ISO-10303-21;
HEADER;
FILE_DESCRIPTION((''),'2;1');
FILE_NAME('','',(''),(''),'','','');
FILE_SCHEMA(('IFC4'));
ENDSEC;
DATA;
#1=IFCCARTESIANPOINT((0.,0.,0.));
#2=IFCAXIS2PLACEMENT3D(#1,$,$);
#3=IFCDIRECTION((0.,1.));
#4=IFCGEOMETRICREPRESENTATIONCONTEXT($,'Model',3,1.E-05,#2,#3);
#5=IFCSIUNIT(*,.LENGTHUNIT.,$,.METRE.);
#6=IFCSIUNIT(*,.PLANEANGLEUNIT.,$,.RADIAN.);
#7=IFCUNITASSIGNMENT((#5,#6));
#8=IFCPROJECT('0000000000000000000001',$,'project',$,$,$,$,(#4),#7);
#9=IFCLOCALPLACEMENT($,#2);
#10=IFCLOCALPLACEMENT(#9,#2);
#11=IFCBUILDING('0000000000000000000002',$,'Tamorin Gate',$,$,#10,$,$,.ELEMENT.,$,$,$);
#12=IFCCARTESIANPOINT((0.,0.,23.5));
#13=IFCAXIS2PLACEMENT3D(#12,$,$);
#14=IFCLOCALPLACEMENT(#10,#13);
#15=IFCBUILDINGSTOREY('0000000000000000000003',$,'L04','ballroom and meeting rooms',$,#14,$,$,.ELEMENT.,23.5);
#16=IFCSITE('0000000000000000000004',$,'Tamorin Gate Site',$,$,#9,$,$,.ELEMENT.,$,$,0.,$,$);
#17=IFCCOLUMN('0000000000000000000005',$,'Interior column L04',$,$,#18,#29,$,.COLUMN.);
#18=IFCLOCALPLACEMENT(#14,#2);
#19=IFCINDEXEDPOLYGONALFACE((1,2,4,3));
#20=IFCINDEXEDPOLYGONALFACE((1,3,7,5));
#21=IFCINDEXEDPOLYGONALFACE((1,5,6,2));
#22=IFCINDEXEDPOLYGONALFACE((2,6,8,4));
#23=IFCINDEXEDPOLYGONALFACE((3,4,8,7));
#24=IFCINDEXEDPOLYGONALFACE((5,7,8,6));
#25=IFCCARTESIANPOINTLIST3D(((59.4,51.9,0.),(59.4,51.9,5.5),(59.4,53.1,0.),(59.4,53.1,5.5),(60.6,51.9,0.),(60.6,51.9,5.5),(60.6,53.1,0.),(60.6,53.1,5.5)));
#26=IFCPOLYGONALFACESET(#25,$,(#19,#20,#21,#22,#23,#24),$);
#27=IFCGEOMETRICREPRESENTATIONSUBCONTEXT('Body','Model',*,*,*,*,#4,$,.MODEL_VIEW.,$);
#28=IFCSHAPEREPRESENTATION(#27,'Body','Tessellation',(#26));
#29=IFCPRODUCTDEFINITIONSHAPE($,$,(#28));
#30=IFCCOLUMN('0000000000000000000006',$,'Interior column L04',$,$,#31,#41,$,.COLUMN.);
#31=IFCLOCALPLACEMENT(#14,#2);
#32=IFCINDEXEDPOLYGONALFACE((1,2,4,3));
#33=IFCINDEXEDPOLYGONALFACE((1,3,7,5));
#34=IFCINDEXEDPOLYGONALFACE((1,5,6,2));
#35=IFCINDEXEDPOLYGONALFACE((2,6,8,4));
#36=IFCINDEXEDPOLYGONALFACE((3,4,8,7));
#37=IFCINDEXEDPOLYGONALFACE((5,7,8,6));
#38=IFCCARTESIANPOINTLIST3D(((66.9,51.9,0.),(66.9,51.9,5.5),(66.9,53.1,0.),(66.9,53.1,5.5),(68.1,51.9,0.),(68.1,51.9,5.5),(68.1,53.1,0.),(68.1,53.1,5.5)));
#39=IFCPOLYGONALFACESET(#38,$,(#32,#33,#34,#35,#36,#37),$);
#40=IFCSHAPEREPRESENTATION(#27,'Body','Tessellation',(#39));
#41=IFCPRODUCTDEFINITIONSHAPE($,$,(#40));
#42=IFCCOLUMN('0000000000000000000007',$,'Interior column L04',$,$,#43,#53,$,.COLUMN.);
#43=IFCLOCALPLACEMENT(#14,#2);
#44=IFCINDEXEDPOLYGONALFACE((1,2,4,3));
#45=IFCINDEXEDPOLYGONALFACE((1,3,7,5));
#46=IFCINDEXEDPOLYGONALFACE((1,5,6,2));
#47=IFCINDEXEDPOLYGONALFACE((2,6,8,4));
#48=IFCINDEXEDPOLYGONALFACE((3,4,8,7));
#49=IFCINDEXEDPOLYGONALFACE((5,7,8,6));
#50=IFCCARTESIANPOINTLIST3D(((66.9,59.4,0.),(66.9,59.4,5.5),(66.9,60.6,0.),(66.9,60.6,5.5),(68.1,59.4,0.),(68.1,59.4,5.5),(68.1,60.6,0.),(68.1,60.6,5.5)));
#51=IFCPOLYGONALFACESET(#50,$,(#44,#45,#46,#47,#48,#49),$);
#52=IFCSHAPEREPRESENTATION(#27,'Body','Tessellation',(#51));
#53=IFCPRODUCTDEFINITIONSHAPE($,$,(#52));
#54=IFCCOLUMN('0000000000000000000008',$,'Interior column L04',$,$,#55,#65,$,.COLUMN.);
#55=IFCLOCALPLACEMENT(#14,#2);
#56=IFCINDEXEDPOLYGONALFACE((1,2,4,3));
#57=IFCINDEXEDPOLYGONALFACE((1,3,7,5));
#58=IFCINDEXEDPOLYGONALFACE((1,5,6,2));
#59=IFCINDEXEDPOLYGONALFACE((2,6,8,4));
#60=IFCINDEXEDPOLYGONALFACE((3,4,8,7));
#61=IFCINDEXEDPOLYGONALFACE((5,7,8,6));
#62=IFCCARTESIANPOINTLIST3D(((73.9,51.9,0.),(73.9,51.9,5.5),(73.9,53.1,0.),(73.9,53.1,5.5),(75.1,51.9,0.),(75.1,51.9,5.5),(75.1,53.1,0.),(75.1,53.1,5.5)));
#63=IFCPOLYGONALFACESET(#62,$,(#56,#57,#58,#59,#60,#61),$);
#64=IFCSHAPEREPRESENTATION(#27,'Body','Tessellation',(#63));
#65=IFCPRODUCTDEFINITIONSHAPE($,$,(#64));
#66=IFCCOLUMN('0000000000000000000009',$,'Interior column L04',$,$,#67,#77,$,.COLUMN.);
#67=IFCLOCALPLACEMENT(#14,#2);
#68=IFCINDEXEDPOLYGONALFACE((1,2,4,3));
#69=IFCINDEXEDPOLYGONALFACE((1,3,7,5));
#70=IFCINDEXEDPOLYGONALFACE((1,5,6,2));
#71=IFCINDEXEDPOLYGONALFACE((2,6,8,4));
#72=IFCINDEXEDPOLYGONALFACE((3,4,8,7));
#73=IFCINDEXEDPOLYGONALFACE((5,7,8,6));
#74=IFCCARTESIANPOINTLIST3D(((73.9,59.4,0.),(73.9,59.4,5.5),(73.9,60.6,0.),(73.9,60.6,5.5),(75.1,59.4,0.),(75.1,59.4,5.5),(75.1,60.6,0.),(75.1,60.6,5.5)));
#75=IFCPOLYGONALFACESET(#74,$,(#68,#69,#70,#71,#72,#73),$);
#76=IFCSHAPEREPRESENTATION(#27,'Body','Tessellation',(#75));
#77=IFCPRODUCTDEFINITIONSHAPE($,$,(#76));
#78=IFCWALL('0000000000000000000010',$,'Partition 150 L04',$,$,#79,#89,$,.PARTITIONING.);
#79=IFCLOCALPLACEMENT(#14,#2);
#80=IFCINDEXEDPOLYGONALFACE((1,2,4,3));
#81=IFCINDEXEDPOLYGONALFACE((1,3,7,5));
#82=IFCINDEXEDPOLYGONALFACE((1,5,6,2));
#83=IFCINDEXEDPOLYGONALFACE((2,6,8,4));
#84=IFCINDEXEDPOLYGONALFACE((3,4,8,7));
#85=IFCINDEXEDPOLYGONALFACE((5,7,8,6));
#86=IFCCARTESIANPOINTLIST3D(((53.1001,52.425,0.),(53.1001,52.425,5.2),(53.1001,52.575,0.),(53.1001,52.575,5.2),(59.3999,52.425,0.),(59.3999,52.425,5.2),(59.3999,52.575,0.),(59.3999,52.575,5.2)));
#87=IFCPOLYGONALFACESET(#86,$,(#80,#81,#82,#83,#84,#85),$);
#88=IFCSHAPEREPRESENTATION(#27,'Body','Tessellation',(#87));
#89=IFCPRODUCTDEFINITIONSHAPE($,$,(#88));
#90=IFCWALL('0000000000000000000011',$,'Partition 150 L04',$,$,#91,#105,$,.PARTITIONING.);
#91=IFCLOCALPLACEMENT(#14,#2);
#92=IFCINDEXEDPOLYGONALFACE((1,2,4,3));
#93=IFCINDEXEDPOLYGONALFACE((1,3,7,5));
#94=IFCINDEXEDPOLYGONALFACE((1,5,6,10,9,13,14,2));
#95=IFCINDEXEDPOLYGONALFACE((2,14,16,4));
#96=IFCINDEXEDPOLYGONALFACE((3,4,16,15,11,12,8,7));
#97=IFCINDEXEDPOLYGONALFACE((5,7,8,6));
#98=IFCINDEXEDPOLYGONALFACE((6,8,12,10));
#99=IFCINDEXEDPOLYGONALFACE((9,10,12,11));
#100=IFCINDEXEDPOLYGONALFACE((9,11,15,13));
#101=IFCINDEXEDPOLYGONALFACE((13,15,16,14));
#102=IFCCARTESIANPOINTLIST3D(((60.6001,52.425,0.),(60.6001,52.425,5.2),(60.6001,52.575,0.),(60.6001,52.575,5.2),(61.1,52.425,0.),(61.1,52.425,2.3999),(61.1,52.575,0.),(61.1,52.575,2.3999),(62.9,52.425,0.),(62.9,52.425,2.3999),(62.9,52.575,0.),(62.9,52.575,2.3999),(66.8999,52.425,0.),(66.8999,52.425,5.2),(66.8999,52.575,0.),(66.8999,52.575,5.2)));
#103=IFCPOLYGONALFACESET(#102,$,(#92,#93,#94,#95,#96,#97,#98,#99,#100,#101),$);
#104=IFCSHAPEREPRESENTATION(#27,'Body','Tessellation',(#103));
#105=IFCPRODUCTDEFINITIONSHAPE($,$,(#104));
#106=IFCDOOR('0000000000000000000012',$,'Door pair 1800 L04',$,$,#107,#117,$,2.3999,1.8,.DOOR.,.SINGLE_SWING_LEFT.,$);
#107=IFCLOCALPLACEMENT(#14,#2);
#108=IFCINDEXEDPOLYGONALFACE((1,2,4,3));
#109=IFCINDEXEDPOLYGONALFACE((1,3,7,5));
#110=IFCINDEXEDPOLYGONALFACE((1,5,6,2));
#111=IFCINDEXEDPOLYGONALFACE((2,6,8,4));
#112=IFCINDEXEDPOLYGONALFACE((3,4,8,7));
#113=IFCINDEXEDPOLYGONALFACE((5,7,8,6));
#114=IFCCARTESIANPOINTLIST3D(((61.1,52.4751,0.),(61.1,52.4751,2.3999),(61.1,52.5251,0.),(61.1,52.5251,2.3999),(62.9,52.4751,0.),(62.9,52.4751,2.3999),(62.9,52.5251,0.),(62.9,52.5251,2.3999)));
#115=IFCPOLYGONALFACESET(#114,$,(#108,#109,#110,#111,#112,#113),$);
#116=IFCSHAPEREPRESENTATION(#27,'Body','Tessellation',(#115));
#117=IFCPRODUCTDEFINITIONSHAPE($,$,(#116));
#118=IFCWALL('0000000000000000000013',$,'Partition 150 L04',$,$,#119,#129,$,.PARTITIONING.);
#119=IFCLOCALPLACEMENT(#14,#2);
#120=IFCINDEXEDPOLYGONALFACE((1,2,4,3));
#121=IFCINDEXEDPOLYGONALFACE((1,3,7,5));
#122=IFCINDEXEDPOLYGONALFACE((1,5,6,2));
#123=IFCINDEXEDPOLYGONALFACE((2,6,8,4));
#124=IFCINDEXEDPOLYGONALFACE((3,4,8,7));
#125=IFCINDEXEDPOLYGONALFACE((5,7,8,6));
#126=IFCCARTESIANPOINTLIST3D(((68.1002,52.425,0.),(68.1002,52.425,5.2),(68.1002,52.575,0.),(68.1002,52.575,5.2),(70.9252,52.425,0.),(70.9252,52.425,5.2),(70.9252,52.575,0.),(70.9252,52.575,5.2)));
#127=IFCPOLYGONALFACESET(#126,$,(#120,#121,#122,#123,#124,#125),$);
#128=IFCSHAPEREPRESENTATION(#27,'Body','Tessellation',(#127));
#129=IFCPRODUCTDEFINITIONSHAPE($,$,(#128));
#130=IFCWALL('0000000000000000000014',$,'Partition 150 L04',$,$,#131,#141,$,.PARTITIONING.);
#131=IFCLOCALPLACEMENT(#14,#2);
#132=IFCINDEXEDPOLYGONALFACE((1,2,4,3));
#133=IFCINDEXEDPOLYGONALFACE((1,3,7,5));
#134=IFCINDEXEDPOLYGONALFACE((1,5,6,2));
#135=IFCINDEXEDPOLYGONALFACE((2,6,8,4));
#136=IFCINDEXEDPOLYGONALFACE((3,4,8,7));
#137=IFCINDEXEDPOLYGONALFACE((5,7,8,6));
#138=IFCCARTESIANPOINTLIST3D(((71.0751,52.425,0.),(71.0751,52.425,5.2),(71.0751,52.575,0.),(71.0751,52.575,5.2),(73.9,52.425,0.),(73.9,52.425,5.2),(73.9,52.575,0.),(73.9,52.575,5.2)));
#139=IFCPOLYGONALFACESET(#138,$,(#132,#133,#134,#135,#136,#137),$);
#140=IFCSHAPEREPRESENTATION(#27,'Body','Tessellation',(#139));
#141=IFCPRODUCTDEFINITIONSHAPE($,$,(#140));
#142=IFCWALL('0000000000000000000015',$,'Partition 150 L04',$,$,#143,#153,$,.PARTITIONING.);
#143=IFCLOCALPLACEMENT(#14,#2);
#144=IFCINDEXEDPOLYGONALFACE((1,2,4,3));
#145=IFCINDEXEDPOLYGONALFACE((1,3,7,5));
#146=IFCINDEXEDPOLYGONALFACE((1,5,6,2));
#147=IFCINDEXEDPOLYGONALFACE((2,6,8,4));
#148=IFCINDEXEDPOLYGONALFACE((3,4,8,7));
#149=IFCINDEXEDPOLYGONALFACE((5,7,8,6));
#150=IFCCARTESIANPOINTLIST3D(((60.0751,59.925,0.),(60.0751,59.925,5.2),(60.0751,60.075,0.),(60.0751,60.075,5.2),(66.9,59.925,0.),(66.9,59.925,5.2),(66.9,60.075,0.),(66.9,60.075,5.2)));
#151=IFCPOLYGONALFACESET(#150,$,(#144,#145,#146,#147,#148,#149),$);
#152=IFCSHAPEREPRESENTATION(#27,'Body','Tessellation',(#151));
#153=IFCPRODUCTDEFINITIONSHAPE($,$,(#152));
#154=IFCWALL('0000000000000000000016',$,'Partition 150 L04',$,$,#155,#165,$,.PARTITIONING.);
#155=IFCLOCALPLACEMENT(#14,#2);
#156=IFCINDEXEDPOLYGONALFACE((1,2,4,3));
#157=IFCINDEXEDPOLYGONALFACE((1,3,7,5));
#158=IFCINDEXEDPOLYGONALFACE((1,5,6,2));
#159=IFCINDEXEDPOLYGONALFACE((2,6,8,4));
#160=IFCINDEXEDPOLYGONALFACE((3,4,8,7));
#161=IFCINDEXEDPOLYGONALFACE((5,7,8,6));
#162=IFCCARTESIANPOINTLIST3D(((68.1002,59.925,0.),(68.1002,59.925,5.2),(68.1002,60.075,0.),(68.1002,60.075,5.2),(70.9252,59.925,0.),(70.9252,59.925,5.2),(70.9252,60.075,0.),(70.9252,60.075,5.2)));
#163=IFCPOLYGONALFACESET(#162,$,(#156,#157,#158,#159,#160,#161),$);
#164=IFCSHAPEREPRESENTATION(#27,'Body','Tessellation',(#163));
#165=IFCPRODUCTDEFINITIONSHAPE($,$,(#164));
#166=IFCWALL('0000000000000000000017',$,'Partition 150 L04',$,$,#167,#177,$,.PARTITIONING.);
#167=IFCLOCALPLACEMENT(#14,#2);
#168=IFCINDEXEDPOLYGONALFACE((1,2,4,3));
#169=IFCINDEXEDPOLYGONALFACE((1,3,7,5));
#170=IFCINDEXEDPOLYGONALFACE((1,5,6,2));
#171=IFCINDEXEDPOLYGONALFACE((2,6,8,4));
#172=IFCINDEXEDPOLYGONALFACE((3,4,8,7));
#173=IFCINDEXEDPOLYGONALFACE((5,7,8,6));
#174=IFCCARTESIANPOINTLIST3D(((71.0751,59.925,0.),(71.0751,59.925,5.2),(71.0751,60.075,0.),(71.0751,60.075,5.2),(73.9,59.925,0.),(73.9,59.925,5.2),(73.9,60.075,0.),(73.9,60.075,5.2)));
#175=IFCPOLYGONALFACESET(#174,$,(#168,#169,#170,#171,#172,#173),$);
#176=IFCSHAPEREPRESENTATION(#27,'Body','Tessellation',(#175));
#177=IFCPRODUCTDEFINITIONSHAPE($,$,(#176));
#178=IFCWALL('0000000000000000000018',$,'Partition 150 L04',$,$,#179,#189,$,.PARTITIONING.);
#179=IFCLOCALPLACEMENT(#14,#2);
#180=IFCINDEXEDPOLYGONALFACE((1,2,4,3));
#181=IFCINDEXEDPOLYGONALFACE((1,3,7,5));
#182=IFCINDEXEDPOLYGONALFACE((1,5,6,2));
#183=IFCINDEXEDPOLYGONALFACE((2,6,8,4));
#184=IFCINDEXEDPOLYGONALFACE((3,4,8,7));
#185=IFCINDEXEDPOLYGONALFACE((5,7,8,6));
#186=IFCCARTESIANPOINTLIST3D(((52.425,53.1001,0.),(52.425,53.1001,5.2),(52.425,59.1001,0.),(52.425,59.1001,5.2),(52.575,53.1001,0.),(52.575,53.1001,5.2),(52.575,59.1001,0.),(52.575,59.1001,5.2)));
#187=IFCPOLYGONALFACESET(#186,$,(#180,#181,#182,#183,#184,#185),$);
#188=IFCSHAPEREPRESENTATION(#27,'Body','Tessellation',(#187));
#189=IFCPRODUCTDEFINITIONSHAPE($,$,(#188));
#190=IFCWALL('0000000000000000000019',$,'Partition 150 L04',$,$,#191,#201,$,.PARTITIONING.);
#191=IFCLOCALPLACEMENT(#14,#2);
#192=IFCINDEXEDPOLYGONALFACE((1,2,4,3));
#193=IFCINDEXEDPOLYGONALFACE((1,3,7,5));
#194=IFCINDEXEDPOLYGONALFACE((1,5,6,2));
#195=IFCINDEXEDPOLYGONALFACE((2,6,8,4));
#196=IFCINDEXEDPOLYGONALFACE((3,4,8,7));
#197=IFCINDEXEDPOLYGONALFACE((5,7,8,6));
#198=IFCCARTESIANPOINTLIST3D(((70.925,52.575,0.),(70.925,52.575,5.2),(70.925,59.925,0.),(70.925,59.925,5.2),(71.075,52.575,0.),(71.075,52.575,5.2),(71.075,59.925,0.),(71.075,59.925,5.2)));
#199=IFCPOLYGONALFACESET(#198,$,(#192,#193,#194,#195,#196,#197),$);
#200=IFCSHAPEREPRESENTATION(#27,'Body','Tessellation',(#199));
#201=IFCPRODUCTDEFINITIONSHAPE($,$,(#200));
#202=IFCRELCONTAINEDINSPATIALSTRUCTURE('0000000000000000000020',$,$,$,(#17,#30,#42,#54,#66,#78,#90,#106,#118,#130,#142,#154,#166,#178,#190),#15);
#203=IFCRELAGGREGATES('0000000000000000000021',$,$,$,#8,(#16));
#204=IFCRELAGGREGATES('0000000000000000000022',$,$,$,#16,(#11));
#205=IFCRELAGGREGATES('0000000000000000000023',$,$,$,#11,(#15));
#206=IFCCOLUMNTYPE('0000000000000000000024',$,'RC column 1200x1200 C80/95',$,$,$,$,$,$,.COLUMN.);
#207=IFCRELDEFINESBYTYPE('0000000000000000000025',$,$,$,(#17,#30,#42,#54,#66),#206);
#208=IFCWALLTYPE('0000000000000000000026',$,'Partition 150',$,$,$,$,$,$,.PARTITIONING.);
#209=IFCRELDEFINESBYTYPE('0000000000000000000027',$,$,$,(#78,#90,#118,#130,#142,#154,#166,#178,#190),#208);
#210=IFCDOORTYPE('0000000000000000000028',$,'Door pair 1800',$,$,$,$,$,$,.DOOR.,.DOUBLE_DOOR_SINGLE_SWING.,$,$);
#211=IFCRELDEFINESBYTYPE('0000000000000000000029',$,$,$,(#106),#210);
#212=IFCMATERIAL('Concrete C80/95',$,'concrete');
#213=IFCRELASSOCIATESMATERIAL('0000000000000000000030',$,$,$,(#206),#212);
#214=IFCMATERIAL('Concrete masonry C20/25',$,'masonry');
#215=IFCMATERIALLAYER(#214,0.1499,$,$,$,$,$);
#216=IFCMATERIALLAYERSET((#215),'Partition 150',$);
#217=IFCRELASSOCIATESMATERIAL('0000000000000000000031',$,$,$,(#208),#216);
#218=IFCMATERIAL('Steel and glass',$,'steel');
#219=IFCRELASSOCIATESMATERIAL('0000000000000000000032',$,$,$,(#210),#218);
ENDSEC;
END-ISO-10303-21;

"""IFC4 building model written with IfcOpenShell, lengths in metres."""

from ifc_helpers import new_model, si_unit, direction, frame, frame_2d, origin, origin_2d, place, context, subcontext, project, spatial, rectangle, extrude, material, layer, layer_set, material_profile, profile_set, type_object, element, fill, save


model = new_model("IFC4")

# Units and contexts
model_context = context("Model", 3, precision=1e-05, world=origin(), true_north=direction((0.0, 1.0)))
body_context = subcontext(model_context, "Body", "Model", "MODEL_VIEW")
ifc_project = project(units=[si_unit("LENGTHUNIT", "METRE"), si_unit("PLANEANGLEUNIT", "RADIAN")], contexts=[model_context])

# Site, building, storey
site_placement = place(None, origin())
site = spatial("IfcSite", under=ifc_project, at=site_placement, Name="Tamorin Gate Site", CompositionType="ELEMENT", RefElevation=0.0)
building_placement = place(site_placement, origin())
building = spatial("IfcBuilding", under=site, at=building_placement, Name="Tamorin Gate", CompositionType="ELEMENT")
storey_placement = place(building_placement, frame((0.0, 0.0, 23.5)))
storey = spatial("IfcBuildingStorey", under=building, at=storey_placement, Name="L04", Description="ballroom and meeting rooms", CompositionType="ELEMENT", Elevation=23.5)

# Columns
ifc_material_1 = material(Name="Concrete C80/95", Category="concrete")
ifc_material_profile = material_profile(ifc_material_1, rectangle(XDim=1.2, YDim=1.2, at=origin_2d()), Name="RC 1200x1200")
ifc_profile_set = profile_set([ifc_material_profile], Name="Concrete C80/95")
column_type = type_object("IfcColumnType", Name="RC column 1200x1200 C80/95", PredefinedType="COLUMN", material=ifc_profile_set)
for number, where, z_axis, x_axis, name in (
    (1, (60.0, 52.5, 0.0), (0.0, 0.0, 1.0), (1.0, 0.0, 0.0), "Interior column L04"),
    (2, (67.5, 52.5, 0.0), (0.0, 0.0, 1.0), (1.0, 0.0, 0.0), "Interior column L04"),
    (3, (67.5, 60.0, 0.0), (0.0, 0.0, 1.0), (1.0, 0.0, 0.0), "Interior column L04"),
    (4, (74.5, 52.5, 0.0), (0.0, 0.0, 1.0), (1.0, 0.0, 0.0), "Interior column L04"),
    (5, (74.5, 60.0, 0.0), (0.0, 0.0, 1.0), (1.0, 0.0, 0.0), "Interior column L04"),
):
    element("IfcColumn", number, at=place(storey_placement, frame(where, z_axis=z_axis, x_axis=x_axis)), inside=storey, type_object=column_type, Name=name, PredefinedType="COLUMN", context=body_context, shape_type="SweptSolid", body=[
        extrude(rectangle(XDim=1.2, YDim=1.2, at=origin_2d()), origin(), (0.0, 0.0, 1.0), 5.5),
    ])

# Wall
ifc_material_2 = material(Name="Concrete masonry C20/25", Category="masonry")
ifc_layer_1 = layer(ifc_material_2, 0.1499)
ifc_layer_set_1 = layer_set([ifc_layer_1], Name="Partition 150")
wall_type_1 = type_object("IfcWallType", Name="Partition 150", PredefinedType="PARTITIONING", material=ifc_layer_set_1)
wall_1_placement = place(storey_placement, frame((53.1001, 52.5, 0.0), z_axis=(0.0, 0.0, 1.0), x_axis=(1.0, 0.0, 0.0)))
element("IfcWall", 6, at=wall_1_placement, inside=storey, type_object=wall_type_1, Name="Partition 150 L04", PredefinedType="PARTITIONING", context=body_context, shape_type="SweptSolid", body=[
    extrude(rectangle(XDim=6.2998, YDim=0.1499, at=frame_2d((3.1499, 0.0))), origin(), (0.0, 0.0, 1.0), 5.2),
])

# Wall, opening, door
wall_2_placement = place(storey_placement, frame((66.8999, 52.5, 0.0), z_axis=(0.0, 0.0, 1.0), x_axis=(-1.0, 0.0, 0.0)))
wall_2 = element("IfcWall", 7, at=wall_2_placement, inside=storey, type_object=wall_type_1, Name="Partition 150 L04", PredefinedType="PARTITIONING", context=body_context, shape_type="SweptSolid", body=[
    extrude(rectangle(XDim=6.2998, YDim=0.1499, at=frame_2d((3.1499, 0.0))), origin(), (0.0, 0.0, 1.0), 5.2),
])
opening_1_placement = place(wall_2_placement, frame((4.0, 0.0, 0.0)))
opening_1 = element("IfcOpeningElement", 8, at=opening_1_placement, cuts=wall_2, PredefinedType="OPENING", context=body_context, shape_type="SweptSolid", body=[
    extrude(rectangle(XDim=1.8, YDim=2.3999, at=frame_2d((0.8999, 1.2))), frame((0.0, 0.085, 0.0), z_axis=(0.0, -1.0, 0.0), x_axis=(1.0, 0.0, 0.0)), (0.0, 0.0, 1.0), 0.1699),
])
ifc_material_3 = material(Name="Steel and glass", Category="steel")
door_type_1 = type_object("IfcDoorType", Name="Door pair 1800", OperationType="DOUBLE_DOOR_SINGLE_SWING", PredefinedType="DOOR", material=ifc_material_3)
door_1_placement = place(opening_1_placement, origin())
door_1 = element("IfcDoor", 9, at=door_1_placement, inside=storey, type_object=door_type_1, Name="Door pair 1800 L04", OperationType="SINGLE_SWING_LEFT", OverallHeight=2.3999, OverallWidth=1.8, PredefinedType="DOOR", context=body_context, shape_type="SweptSolid", body=[
    extrude(rectangle(XDim=1.8, YDim=2.3999, at=frame_2d((0.8999, 1.2))), frame((0.0, 0.0249, 0.0), z_axis=(0.0, -1.0, 0.0), x_axis=(1.0, 0.0, 0.0)), (0.0, 0.0, 1.0), 0.05),
])
fill(opening_1, door_1)

# Walls
for number, where, z_axis, x_axis, name in (
    (10, (68.1001, 52.5, 0.0), (0.0, 0.0, 1.0), (1.0, 0.0, 0.0), "Partition 150 L04"),
    (11, (71.075, 52.5, 0.0), (0.0, 0.0, 1.0), (1.0, 0.0, 0.0), "Partition 150 L04"),
):
    element("IfcWall", number, at=place(storey_placement, frame(where, z_axis=z_axis, x_axis=x_axis)), inside=storey, type_object=wall_type_1, Name=name, PredefinedType="PARTITIONING", context=body_context, shape_type="SweptSolid", body=[
        extrude(rectangle(XDim=2.825, YDim=0.1499, at=frame_2d((1.4126, 0.0))), origin(), (0.0, 0.0, 1.0), 5.2),
    ])
wall_3_placement = place(storey_placement, frame((60.075, 60.0, 0.0), z_axis=(0.0, 0.0, 1.0), x_axis=(1.0, 0.0, 0.0)))
element("IfcWall", 12, at=wall_3_placement, inside=storey, type_object=wall_type_1, Name="Partition 150 L04", PredefinedType="PARTITIONING", context=body_context, shape_type="SweptSolid", body=[
    extrude(rectangle(XDim=6.825, YDim=0.1499, at=frame_2d((3.4126, 0.0))), origin(), (0.0, 0.0, 1.0), 5.2),
])
for number, where, z_axis, x_axis, name in (
    (13, (68.1001, 60.0, 0.0), (0.0, 0.0, 1.0), (1.0, 0.0, 0.0), "Partition 150 L04"),
    (14, (71.075, 60.0, 0.0), (0.0, 0.0, 1.0), (1.0, 0.0, 0.0), "Partition 150 L04"),
):
    element("IfcWall", number, at=place(storey_placement, frame(where, z_axis=z_axis, x_axis=x_axis)), inside=storey, type_object=wall_type_1, Name=name, PredefinedType="PARTITIONING", context=body_context, shape_type="SweptSolid", body=[
        extrude(rectangle(XDim=2.825, YDim=0.1499, at=frame_2d((1.4126, 0.0))), origin(), (0.0, 0.0, 1.0), 5.2),
    ])
wall_4_placement = place(storey_placement, frame((52.5, 53.1001, 0.0), z_axis=(0.0, 0.0, 1.0), x_axis=(0.0, 1.0, 0.0)))
element("IfcWall", 15, at=wall_4_placement, inside=storey, type_object=wall_type_1, Name="Partition 150 L04", PredefinedType="PARTITIONING", context=body_context, shape_type="SweptSolid", body=[
    extrude(rectangle(XDim=6.0, YDim=0.1499, at=frame_2d((3.0, 0.0))), origin(), (0.0, 0.0, 1.0), 5.2),
])
wall_5_placement = place(storey_placement, frame((71.0, 52.575, 0.0), z_axis=(0.0, 0.0, 1.0), x_axis=(0.0, 1.0, 0.0)))
element("IfcWall", 16, at=wall_5_placement, inside=storey, type_object=wall_type_1, Name="Partition 150 L04", PredefinedType="PARTITIONING", context=body_context, shape_type="SweptSolid", body=[
    extrude(rectangle(XDim=7.3501, YDim=0.1499, at=frame_2d((3.675, 0.0))), origin(), (0.0, 0.0, 1.0), 5.2),
])

save(model, "model.ifc")
